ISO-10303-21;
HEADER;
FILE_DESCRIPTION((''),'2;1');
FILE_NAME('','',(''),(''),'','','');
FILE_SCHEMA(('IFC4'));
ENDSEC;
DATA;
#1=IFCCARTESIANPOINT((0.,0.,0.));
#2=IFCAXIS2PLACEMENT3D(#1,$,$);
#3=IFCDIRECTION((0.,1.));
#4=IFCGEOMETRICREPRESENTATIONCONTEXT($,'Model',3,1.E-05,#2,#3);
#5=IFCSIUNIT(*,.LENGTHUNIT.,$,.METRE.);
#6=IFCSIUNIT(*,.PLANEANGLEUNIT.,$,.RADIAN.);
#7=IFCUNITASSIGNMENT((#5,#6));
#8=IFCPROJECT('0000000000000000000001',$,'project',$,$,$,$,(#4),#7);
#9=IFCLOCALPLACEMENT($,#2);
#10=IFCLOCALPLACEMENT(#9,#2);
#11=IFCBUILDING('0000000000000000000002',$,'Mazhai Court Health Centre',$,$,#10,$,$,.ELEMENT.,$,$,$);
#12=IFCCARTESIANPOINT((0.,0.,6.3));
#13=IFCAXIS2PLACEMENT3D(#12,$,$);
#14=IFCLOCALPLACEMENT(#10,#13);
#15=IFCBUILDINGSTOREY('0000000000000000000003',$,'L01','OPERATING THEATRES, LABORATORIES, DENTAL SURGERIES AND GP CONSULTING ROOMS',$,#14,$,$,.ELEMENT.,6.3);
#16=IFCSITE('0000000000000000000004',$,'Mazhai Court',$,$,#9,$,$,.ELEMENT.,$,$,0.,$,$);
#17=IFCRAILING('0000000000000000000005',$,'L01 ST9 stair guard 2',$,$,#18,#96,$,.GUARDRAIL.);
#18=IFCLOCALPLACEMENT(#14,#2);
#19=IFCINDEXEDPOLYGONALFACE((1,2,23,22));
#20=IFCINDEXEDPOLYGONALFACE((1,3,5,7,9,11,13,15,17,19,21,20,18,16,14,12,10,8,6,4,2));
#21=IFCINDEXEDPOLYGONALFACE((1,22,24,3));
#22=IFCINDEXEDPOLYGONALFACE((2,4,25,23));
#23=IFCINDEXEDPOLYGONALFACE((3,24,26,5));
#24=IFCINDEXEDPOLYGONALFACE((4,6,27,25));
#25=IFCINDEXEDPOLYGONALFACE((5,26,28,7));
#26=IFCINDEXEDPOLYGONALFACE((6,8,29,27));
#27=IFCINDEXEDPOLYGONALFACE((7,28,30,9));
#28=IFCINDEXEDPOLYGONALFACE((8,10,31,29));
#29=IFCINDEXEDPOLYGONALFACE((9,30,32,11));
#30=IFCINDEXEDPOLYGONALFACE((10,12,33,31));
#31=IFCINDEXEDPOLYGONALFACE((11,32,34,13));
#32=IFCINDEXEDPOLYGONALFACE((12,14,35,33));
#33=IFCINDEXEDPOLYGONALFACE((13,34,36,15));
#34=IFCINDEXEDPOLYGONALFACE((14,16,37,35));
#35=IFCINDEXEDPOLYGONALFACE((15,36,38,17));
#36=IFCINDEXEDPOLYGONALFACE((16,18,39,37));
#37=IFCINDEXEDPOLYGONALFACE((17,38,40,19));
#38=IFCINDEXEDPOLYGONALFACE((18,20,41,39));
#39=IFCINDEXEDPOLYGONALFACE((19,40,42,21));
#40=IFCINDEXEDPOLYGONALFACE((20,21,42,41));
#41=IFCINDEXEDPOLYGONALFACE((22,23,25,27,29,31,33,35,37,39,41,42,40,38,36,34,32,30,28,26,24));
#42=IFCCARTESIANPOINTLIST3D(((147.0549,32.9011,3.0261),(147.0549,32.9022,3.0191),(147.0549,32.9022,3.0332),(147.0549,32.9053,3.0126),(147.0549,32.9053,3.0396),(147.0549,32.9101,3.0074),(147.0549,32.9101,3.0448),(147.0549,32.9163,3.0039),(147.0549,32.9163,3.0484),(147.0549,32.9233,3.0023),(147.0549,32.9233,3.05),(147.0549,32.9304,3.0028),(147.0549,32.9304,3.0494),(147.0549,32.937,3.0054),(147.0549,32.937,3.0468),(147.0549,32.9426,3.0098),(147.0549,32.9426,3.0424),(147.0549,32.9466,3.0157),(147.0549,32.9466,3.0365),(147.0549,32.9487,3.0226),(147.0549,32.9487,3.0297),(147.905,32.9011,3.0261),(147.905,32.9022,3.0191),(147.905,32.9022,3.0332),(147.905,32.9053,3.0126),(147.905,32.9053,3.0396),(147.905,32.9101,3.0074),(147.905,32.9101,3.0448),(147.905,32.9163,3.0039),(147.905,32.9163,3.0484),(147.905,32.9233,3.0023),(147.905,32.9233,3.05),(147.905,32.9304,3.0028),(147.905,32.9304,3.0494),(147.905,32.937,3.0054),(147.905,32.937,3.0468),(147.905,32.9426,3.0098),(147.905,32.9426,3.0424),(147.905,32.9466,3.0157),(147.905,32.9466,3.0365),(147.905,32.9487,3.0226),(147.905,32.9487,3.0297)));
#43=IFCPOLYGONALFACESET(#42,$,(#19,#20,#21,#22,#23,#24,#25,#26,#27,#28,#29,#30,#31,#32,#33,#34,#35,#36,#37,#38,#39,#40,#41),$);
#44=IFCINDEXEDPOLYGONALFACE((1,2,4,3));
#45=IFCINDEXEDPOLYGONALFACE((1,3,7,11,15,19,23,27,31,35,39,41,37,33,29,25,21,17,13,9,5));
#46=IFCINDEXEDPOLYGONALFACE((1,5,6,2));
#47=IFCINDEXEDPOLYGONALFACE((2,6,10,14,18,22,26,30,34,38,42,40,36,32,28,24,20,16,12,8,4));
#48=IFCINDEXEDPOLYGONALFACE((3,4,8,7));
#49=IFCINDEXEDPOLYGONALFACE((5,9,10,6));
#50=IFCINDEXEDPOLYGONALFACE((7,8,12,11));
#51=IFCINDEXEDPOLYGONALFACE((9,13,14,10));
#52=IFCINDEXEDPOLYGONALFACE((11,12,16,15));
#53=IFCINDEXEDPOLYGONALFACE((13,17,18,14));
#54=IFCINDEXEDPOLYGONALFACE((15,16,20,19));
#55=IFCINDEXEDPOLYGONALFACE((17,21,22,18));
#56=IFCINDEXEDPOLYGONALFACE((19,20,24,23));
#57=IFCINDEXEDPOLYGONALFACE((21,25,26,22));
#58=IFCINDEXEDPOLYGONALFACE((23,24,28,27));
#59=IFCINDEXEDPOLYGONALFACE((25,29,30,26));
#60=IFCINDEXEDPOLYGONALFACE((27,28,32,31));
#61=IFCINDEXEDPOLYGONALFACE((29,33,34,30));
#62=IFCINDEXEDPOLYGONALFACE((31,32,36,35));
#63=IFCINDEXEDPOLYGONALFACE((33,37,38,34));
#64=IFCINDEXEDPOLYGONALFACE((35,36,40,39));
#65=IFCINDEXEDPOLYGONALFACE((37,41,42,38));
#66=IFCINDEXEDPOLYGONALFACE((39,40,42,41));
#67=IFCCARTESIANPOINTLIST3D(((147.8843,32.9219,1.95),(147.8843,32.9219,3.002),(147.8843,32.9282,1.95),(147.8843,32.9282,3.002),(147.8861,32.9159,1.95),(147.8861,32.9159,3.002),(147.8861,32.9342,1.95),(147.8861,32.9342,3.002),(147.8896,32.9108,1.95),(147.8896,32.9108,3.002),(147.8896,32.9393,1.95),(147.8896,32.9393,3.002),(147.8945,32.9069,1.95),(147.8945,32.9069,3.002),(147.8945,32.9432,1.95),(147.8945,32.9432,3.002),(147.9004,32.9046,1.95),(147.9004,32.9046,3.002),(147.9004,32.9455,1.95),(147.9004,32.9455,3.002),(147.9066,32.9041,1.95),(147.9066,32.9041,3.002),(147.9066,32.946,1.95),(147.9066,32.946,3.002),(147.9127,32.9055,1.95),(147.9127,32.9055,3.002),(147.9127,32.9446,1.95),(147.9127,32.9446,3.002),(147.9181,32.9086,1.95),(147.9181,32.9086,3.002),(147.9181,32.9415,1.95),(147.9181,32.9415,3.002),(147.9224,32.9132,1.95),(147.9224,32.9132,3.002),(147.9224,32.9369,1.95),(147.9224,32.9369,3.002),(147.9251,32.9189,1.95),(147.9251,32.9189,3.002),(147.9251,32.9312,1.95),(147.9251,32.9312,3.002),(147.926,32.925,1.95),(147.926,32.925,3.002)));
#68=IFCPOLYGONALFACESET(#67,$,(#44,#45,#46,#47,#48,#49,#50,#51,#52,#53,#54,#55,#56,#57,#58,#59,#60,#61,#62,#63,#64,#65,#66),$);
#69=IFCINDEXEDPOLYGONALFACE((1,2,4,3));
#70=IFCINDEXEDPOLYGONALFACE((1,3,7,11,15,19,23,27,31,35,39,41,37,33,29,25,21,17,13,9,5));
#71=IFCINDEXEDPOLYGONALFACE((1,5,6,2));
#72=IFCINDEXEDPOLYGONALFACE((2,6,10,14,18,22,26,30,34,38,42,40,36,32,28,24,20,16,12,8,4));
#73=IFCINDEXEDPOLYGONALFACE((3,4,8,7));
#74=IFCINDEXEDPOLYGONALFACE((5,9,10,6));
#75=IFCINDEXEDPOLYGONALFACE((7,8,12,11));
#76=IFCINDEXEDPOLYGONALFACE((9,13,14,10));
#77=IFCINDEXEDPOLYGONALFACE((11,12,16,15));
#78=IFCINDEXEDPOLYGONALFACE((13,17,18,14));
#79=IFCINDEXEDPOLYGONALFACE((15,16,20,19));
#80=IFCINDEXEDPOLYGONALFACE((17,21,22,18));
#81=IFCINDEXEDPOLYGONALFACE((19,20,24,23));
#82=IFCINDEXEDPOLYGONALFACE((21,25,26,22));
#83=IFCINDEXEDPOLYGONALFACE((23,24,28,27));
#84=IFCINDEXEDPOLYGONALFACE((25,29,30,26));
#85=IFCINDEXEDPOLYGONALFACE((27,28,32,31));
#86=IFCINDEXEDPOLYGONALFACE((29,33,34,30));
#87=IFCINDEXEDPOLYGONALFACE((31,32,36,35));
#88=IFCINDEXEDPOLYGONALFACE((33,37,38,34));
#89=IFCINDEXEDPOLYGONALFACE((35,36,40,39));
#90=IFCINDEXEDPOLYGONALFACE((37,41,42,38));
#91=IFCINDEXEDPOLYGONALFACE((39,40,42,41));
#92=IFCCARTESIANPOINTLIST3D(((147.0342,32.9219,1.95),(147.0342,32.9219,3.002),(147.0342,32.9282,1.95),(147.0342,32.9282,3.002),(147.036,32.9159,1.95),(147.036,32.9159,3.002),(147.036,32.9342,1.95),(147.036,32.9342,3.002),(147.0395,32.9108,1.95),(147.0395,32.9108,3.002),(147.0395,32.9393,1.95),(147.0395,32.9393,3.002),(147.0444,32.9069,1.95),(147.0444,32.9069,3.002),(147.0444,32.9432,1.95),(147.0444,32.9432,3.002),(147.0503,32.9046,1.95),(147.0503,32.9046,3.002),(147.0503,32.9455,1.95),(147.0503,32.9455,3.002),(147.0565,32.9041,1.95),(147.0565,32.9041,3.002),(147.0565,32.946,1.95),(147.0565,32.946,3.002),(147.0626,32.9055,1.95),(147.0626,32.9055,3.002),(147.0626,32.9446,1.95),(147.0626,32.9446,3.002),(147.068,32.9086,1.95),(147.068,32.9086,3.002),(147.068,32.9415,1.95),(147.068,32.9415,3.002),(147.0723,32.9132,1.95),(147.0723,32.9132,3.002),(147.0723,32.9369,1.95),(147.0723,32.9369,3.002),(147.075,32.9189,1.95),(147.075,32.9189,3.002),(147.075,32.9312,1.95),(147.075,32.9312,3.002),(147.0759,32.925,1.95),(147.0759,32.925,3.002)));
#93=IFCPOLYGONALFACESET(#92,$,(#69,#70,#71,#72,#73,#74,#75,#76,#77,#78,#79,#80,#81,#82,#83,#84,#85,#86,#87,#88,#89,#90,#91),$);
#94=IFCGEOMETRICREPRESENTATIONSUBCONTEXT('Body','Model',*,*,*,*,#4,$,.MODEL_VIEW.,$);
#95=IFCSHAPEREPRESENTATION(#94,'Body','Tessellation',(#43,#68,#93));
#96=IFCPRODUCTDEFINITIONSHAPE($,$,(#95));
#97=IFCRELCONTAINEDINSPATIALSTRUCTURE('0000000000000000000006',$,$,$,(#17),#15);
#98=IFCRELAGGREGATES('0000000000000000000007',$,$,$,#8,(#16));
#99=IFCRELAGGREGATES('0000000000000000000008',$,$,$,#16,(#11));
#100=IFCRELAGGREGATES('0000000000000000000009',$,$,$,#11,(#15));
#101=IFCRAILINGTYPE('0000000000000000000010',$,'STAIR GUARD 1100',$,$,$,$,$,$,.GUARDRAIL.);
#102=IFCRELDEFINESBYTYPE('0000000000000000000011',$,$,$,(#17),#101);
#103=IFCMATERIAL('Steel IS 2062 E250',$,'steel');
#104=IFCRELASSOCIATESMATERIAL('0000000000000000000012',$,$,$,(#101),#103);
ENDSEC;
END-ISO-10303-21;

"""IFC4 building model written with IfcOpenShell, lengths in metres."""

from ifc_helpers import new_model, si_unit, direction, frame, origin, origin_2d, place, context, subcontext, project, spatial, circle, extrude, material, type_object, element, save


model = new_model("IFC4")

# Units and contexts
model_context = context("Model", 3, precision=1e-05, world=origin(), true_north=direction((0.0, 1.0)))
body_context = subcontext(model_context, "Body", "Model", "MODEL_VIEW")
ifc_project = project(units=[si_unit("LENGTHUNIT", "METRE"), si_unit("PLANEANGLEUNIT", "RADIAN")], contexts=[model_context])

# Site, building, storey
site_placement = place(None, origin())
site = spatial("IfcSite", under=ifc_project, at=site_placement, Name="Mazhai Court", CompositionType="ELEMENT", RefElevation=0.0)
building_placement = place(site_placement, origin())
building = spatial("IfcBuilding", under=site, at=building_placement, Name="Mazhai Court Health Centre", CompositionType="ELEMENT")
storey_placement = place(building_placement, frame((0.0, 0.0, 6.3)))
storey = spatial("IfcBuildingStorey", under=building, at=storey_placement, Name="L01", Description="OPERATING THEATRES, LABORATORIES, DENTAL SURGERIES AND GP CONSULTING ROOMS", CompositionType="ELEMENT", Elevation=6.3)

# Railing
ifc_material_1 = material(Name="Steel IS 2062 E250", Category="steel")
railing_type_1 = type_object("IfcRailingType", Name="STAIR GUARD 1100", PredefinedType="GUARDRAIL", material=ifc_material_1)
railing_1_placement = place(storey_placement, frame((147.905, 32.925, 1.95)))
element("IfcRailing", 1, at=railing_1_placement, inside=storey, type_object=railing_type_1, Name="L01 ST9 stair guard 2", PredefinedType="GUARDRAIL", context=body_context, shape_type="SweptSolid", body=[
    extrude(circle(Radius=0.0239, at=origin_2d()), frame((0.0, 0.0, 1.0762), z_axis=(-1.0, 0.0, 0.0), x_axis=(0.0, -1.0, 0.0)), (0.0, 0.0, 1.0), 0.8501),
    extrude(circle(Radius=0.021, at=origin_2d()), origin(), (0.0, 0.0, 1.0), 1.052),
    extrude(circle(Radius=0.021, at=origin_2d()), frame((-0.8501, 0.0, 0.0)), (0.0, 0.0, 1.0), 1.052),
])

save(model, "model.ifc")
